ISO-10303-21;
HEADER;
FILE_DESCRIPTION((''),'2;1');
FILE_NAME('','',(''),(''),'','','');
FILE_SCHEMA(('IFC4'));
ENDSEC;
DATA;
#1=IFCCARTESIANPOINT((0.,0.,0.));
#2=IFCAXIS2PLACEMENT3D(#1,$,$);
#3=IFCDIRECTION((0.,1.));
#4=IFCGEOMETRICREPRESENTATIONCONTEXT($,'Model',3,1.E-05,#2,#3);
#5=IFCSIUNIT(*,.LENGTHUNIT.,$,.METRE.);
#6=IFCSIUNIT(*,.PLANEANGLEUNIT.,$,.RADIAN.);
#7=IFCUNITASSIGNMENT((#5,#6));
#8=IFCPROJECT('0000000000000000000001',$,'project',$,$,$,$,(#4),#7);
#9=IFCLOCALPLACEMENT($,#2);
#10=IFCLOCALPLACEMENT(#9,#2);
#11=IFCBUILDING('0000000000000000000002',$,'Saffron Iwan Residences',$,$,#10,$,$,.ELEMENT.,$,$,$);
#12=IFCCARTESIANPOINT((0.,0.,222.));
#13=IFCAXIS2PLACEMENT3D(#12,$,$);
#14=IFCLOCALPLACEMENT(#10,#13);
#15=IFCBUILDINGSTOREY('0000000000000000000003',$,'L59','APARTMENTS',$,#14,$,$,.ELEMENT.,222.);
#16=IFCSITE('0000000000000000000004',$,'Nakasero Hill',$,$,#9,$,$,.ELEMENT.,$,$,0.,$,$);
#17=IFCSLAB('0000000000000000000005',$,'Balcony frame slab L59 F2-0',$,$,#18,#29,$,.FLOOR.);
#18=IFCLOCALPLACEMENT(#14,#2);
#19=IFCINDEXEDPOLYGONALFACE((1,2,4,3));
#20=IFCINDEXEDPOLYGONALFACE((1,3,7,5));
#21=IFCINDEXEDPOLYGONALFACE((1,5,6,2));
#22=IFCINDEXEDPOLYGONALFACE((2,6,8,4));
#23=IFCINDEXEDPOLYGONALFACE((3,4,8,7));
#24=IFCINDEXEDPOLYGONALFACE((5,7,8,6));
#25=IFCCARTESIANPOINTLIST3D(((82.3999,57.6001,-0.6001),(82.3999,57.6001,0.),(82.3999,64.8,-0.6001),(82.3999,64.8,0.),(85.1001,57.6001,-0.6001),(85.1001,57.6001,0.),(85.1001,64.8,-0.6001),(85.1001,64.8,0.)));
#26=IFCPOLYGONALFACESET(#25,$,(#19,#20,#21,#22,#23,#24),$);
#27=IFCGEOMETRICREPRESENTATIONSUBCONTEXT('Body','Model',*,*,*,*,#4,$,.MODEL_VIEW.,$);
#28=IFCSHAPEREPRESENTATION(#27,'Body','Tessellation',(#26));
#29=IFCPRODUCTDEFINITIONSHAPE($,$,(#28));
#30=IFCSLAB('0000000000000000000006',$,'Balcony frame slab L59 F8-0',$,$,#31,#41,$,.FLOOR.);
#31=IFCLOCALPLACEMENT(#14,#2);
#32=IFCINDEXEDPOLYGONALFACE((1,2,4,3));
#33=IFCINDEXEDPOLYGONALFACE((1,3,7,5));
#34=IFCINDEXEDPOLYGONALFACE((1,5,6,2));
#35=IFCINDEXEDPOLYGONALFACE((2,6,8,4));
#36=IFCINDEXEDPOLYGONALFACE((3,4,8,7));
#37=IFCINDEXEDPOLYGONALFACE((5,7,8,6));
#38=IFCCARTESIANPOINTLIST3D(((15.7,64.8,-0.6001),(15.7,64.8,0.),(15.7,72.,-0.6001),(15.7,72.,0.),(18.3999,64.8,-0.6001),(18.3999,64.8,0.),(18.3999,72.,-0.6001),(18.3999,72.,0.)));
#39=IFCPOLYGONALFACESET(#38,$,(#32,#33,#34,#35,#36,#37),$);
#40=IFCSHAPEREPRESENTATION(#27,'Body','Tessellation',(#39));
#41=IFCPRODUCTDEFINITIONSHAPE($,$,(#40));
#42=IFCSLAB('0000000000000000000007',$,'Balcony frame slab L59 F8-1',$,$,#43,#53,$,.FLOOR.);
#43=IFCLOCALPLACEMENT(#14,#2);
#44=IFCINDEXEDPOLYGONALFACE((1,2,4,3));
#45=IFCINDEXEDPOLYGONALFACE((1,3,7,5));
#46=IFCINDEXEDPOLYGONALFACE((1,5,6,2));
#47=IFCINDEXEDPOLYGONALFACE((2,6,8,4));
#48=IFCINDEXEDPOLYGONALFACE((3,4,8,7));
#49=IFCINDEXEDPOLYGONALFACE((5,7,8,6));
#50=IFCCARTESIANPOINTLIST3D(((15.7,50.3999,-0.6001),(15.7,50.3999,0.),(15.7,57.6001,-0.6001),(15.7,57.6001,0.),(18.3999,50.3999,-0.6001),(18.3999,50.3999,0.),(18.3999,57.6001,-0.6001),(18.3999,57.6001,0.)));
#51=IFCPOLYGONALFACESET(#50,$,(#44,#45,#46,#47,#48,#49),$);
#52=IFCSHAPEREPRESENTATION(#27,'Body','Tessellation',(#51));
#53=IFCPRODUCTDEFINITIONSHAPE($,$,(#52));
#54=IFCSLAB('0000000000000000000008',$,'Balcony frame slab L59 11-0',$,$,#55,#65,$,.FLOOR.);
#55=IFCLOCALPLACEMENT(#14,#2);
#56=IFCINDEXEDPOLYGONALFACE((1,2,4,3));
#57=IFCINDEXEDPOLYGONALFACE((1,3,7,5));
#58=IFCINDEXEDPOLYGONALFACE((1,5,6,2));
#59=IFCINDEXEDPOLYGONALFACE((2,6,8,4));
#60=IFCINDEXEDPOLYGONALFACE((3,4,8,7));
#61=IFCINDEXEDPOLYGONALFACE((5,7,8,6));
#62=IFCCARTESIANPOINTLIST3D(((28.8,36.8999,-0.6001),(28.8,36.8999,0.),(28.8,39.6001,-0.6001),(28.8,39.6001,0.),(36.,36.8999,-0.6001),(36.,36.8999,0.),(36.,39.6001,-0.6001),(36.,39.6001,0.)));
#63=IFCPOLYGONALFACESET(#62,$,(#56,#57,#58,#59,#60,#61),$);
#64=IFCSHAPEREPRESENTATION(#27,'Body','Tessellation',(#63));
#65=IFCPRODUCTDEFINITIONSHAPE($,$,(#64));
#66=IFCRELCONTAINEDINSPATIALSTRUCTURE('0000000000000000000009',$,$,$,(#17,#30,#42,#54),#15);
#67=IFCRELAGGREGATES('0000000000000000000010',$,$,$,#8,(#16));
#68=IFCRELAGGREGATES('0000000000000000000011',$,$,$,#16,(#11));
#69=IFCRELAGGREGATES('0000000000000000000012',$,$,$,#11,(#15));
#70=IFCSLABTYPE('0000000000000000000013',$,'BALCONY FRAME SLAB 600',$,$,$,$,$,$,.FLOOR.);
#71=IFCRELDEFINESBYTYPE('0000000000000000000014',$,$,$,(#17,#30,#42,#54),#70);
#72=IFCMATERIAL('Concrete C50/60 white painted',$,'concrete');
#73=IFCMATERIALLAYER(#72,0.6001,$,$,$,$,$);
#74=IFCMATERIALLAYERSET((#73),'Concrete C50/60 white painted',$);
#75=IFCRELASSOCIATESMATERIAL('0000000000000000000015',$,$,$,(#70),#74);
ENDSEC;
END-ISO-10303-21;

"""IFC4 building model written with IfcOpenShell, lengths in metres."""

from ifc_helpers import new_model, si_unit, direction, frame, origin, place, context, subcontext, project, spatial, polyline, outline, extrude, material, layer, layer_set, type_object, element, save


model = new_model("IFC4")

# Units and contexts
model_context = context("Model", 3, precision=1e-05, world=origin(), true_north=direction((0.0, 1.0)))
body_context = subcontext(model_context, "Body", "Model", "MODEL_VIEW")
ifc_project = project(units=[si_unit("LENGTHUNIT", "METRE"), si_unit("PLANEANGLEUNIT", "RADIAN")], contexts=[model_context])

# Site, building, storey
site_placement = place(None, origin())
site = spatial("IfcSite", under=ifc_project, at=site_placement, Name="Nakasero Hill", CompositionType="ELEMENT", RefElevation=0.0)
building_placement = place(site_placement, origin())
building = spatial("IfcBuilding", under=site, at=building_placement, Name="Saffron Iwan Residences", CompositionType="ELEMENT")
storey_placement = place(building_placement, frame((0.0, 0.0, 222.0)))
storey = spatial("IfcBuildingStorey", under=building, at=storey_placement, Name="L59", Description="APARTMENTS", CompositionType="ELEMENT", Elevation=222.0)

# Slabs
ifc_material_1 = material(Name="Concrete C50/60 white painted", Category="concrete")
ifc_layer_1 = layer(ifc_material_1, 0.6001)
ifc_layer_set_1 = layer_set([ifc_layer_1], Name="Concrete C50/60 white painted")
slab_type_1 = type_object("IfcSlabType", Name="BALCONY FRAME SLAB 600", PredefinedType="FLOOR", material=ifc_layer_set_1)
slab_1_placement = place(storey_placement, frame((0.0, 0.0, -0.6001)))
element("IfcSlab", 1, at=slab_1_placement, inside=storey, type_object=slab_type_1, Name="Balcony frame slab L59 F2-0", PredefinedType="FLOOR", context=body_context, shape_type="SweptSolid", body=[
    extrude(outline(polyline([(85.1001, 57.6001), (85.1001, 64.8), (82.3999, 64.8), (82.3999, 57.6001), (85.1001, 57.6001)])), origin(), (0.0, 0.0, 1.0), 0.6001),
])
slab_2_placement = place(storey_placement, frame((0.0, 0.0, -0.6001)))
element("IfcSlab", 2, at=slab_2_placement, inside=storey, type_object=slab_type_1, Name="Balcony frame slab L59 F8-0", PredefinedType="FLOOR", context=body_context, shape_type="SweptSolid", body=[
    extrude(outline(polyline([(15.7, 72.0), (15.7, 64.8), (18.3999, 64.8), (18.3999, 72.0), (15.7, 72.0)])), origin(), (0.0, 0.0, 1.0), 0.6001),
])
slab_3_placement = place(storey_placement, frame((0.0, 0.0, -0.6001)))
element("IfcSlab", 3, at=slab_3_placement, inside=storey, type_object=slab_type_1, Name="Balcony frame slab L59 F8-1", PredefinedType="FLOOR", context=body_context, shape_type="SweptSolid", body=[
    extrude(outline(polyline([(15.7, 57.6001), (15.7, 50.3999), (18.3999, 50.3999), (18.3999, 57.6001), (15.7, 57.6001)])), origin(), (0.0, 0.0, 1.0), 0.6001),
])
slab_4_placement = place(storey_placement, frame((0.0, 0.0, -0.6001)))
element("IfcSlab", 4, at=slab_4_placement, inside=storey, type_object=slab_type_1, Name="Balcony frame slab L59 11-0", PredefinedType="FLOOR", context=body_context, shape_type="SweptSolid", body=[
    extrude(outline(polyline([(28.8, 36.8999), (36.0, 36.8999), (36.0, 39.6001), (28.8, 39.6001), (28.8, 36.8999)])), origin(), (0.0, 0.0, 1.0), 0.6001),
])

save(model, "model.ifc")
